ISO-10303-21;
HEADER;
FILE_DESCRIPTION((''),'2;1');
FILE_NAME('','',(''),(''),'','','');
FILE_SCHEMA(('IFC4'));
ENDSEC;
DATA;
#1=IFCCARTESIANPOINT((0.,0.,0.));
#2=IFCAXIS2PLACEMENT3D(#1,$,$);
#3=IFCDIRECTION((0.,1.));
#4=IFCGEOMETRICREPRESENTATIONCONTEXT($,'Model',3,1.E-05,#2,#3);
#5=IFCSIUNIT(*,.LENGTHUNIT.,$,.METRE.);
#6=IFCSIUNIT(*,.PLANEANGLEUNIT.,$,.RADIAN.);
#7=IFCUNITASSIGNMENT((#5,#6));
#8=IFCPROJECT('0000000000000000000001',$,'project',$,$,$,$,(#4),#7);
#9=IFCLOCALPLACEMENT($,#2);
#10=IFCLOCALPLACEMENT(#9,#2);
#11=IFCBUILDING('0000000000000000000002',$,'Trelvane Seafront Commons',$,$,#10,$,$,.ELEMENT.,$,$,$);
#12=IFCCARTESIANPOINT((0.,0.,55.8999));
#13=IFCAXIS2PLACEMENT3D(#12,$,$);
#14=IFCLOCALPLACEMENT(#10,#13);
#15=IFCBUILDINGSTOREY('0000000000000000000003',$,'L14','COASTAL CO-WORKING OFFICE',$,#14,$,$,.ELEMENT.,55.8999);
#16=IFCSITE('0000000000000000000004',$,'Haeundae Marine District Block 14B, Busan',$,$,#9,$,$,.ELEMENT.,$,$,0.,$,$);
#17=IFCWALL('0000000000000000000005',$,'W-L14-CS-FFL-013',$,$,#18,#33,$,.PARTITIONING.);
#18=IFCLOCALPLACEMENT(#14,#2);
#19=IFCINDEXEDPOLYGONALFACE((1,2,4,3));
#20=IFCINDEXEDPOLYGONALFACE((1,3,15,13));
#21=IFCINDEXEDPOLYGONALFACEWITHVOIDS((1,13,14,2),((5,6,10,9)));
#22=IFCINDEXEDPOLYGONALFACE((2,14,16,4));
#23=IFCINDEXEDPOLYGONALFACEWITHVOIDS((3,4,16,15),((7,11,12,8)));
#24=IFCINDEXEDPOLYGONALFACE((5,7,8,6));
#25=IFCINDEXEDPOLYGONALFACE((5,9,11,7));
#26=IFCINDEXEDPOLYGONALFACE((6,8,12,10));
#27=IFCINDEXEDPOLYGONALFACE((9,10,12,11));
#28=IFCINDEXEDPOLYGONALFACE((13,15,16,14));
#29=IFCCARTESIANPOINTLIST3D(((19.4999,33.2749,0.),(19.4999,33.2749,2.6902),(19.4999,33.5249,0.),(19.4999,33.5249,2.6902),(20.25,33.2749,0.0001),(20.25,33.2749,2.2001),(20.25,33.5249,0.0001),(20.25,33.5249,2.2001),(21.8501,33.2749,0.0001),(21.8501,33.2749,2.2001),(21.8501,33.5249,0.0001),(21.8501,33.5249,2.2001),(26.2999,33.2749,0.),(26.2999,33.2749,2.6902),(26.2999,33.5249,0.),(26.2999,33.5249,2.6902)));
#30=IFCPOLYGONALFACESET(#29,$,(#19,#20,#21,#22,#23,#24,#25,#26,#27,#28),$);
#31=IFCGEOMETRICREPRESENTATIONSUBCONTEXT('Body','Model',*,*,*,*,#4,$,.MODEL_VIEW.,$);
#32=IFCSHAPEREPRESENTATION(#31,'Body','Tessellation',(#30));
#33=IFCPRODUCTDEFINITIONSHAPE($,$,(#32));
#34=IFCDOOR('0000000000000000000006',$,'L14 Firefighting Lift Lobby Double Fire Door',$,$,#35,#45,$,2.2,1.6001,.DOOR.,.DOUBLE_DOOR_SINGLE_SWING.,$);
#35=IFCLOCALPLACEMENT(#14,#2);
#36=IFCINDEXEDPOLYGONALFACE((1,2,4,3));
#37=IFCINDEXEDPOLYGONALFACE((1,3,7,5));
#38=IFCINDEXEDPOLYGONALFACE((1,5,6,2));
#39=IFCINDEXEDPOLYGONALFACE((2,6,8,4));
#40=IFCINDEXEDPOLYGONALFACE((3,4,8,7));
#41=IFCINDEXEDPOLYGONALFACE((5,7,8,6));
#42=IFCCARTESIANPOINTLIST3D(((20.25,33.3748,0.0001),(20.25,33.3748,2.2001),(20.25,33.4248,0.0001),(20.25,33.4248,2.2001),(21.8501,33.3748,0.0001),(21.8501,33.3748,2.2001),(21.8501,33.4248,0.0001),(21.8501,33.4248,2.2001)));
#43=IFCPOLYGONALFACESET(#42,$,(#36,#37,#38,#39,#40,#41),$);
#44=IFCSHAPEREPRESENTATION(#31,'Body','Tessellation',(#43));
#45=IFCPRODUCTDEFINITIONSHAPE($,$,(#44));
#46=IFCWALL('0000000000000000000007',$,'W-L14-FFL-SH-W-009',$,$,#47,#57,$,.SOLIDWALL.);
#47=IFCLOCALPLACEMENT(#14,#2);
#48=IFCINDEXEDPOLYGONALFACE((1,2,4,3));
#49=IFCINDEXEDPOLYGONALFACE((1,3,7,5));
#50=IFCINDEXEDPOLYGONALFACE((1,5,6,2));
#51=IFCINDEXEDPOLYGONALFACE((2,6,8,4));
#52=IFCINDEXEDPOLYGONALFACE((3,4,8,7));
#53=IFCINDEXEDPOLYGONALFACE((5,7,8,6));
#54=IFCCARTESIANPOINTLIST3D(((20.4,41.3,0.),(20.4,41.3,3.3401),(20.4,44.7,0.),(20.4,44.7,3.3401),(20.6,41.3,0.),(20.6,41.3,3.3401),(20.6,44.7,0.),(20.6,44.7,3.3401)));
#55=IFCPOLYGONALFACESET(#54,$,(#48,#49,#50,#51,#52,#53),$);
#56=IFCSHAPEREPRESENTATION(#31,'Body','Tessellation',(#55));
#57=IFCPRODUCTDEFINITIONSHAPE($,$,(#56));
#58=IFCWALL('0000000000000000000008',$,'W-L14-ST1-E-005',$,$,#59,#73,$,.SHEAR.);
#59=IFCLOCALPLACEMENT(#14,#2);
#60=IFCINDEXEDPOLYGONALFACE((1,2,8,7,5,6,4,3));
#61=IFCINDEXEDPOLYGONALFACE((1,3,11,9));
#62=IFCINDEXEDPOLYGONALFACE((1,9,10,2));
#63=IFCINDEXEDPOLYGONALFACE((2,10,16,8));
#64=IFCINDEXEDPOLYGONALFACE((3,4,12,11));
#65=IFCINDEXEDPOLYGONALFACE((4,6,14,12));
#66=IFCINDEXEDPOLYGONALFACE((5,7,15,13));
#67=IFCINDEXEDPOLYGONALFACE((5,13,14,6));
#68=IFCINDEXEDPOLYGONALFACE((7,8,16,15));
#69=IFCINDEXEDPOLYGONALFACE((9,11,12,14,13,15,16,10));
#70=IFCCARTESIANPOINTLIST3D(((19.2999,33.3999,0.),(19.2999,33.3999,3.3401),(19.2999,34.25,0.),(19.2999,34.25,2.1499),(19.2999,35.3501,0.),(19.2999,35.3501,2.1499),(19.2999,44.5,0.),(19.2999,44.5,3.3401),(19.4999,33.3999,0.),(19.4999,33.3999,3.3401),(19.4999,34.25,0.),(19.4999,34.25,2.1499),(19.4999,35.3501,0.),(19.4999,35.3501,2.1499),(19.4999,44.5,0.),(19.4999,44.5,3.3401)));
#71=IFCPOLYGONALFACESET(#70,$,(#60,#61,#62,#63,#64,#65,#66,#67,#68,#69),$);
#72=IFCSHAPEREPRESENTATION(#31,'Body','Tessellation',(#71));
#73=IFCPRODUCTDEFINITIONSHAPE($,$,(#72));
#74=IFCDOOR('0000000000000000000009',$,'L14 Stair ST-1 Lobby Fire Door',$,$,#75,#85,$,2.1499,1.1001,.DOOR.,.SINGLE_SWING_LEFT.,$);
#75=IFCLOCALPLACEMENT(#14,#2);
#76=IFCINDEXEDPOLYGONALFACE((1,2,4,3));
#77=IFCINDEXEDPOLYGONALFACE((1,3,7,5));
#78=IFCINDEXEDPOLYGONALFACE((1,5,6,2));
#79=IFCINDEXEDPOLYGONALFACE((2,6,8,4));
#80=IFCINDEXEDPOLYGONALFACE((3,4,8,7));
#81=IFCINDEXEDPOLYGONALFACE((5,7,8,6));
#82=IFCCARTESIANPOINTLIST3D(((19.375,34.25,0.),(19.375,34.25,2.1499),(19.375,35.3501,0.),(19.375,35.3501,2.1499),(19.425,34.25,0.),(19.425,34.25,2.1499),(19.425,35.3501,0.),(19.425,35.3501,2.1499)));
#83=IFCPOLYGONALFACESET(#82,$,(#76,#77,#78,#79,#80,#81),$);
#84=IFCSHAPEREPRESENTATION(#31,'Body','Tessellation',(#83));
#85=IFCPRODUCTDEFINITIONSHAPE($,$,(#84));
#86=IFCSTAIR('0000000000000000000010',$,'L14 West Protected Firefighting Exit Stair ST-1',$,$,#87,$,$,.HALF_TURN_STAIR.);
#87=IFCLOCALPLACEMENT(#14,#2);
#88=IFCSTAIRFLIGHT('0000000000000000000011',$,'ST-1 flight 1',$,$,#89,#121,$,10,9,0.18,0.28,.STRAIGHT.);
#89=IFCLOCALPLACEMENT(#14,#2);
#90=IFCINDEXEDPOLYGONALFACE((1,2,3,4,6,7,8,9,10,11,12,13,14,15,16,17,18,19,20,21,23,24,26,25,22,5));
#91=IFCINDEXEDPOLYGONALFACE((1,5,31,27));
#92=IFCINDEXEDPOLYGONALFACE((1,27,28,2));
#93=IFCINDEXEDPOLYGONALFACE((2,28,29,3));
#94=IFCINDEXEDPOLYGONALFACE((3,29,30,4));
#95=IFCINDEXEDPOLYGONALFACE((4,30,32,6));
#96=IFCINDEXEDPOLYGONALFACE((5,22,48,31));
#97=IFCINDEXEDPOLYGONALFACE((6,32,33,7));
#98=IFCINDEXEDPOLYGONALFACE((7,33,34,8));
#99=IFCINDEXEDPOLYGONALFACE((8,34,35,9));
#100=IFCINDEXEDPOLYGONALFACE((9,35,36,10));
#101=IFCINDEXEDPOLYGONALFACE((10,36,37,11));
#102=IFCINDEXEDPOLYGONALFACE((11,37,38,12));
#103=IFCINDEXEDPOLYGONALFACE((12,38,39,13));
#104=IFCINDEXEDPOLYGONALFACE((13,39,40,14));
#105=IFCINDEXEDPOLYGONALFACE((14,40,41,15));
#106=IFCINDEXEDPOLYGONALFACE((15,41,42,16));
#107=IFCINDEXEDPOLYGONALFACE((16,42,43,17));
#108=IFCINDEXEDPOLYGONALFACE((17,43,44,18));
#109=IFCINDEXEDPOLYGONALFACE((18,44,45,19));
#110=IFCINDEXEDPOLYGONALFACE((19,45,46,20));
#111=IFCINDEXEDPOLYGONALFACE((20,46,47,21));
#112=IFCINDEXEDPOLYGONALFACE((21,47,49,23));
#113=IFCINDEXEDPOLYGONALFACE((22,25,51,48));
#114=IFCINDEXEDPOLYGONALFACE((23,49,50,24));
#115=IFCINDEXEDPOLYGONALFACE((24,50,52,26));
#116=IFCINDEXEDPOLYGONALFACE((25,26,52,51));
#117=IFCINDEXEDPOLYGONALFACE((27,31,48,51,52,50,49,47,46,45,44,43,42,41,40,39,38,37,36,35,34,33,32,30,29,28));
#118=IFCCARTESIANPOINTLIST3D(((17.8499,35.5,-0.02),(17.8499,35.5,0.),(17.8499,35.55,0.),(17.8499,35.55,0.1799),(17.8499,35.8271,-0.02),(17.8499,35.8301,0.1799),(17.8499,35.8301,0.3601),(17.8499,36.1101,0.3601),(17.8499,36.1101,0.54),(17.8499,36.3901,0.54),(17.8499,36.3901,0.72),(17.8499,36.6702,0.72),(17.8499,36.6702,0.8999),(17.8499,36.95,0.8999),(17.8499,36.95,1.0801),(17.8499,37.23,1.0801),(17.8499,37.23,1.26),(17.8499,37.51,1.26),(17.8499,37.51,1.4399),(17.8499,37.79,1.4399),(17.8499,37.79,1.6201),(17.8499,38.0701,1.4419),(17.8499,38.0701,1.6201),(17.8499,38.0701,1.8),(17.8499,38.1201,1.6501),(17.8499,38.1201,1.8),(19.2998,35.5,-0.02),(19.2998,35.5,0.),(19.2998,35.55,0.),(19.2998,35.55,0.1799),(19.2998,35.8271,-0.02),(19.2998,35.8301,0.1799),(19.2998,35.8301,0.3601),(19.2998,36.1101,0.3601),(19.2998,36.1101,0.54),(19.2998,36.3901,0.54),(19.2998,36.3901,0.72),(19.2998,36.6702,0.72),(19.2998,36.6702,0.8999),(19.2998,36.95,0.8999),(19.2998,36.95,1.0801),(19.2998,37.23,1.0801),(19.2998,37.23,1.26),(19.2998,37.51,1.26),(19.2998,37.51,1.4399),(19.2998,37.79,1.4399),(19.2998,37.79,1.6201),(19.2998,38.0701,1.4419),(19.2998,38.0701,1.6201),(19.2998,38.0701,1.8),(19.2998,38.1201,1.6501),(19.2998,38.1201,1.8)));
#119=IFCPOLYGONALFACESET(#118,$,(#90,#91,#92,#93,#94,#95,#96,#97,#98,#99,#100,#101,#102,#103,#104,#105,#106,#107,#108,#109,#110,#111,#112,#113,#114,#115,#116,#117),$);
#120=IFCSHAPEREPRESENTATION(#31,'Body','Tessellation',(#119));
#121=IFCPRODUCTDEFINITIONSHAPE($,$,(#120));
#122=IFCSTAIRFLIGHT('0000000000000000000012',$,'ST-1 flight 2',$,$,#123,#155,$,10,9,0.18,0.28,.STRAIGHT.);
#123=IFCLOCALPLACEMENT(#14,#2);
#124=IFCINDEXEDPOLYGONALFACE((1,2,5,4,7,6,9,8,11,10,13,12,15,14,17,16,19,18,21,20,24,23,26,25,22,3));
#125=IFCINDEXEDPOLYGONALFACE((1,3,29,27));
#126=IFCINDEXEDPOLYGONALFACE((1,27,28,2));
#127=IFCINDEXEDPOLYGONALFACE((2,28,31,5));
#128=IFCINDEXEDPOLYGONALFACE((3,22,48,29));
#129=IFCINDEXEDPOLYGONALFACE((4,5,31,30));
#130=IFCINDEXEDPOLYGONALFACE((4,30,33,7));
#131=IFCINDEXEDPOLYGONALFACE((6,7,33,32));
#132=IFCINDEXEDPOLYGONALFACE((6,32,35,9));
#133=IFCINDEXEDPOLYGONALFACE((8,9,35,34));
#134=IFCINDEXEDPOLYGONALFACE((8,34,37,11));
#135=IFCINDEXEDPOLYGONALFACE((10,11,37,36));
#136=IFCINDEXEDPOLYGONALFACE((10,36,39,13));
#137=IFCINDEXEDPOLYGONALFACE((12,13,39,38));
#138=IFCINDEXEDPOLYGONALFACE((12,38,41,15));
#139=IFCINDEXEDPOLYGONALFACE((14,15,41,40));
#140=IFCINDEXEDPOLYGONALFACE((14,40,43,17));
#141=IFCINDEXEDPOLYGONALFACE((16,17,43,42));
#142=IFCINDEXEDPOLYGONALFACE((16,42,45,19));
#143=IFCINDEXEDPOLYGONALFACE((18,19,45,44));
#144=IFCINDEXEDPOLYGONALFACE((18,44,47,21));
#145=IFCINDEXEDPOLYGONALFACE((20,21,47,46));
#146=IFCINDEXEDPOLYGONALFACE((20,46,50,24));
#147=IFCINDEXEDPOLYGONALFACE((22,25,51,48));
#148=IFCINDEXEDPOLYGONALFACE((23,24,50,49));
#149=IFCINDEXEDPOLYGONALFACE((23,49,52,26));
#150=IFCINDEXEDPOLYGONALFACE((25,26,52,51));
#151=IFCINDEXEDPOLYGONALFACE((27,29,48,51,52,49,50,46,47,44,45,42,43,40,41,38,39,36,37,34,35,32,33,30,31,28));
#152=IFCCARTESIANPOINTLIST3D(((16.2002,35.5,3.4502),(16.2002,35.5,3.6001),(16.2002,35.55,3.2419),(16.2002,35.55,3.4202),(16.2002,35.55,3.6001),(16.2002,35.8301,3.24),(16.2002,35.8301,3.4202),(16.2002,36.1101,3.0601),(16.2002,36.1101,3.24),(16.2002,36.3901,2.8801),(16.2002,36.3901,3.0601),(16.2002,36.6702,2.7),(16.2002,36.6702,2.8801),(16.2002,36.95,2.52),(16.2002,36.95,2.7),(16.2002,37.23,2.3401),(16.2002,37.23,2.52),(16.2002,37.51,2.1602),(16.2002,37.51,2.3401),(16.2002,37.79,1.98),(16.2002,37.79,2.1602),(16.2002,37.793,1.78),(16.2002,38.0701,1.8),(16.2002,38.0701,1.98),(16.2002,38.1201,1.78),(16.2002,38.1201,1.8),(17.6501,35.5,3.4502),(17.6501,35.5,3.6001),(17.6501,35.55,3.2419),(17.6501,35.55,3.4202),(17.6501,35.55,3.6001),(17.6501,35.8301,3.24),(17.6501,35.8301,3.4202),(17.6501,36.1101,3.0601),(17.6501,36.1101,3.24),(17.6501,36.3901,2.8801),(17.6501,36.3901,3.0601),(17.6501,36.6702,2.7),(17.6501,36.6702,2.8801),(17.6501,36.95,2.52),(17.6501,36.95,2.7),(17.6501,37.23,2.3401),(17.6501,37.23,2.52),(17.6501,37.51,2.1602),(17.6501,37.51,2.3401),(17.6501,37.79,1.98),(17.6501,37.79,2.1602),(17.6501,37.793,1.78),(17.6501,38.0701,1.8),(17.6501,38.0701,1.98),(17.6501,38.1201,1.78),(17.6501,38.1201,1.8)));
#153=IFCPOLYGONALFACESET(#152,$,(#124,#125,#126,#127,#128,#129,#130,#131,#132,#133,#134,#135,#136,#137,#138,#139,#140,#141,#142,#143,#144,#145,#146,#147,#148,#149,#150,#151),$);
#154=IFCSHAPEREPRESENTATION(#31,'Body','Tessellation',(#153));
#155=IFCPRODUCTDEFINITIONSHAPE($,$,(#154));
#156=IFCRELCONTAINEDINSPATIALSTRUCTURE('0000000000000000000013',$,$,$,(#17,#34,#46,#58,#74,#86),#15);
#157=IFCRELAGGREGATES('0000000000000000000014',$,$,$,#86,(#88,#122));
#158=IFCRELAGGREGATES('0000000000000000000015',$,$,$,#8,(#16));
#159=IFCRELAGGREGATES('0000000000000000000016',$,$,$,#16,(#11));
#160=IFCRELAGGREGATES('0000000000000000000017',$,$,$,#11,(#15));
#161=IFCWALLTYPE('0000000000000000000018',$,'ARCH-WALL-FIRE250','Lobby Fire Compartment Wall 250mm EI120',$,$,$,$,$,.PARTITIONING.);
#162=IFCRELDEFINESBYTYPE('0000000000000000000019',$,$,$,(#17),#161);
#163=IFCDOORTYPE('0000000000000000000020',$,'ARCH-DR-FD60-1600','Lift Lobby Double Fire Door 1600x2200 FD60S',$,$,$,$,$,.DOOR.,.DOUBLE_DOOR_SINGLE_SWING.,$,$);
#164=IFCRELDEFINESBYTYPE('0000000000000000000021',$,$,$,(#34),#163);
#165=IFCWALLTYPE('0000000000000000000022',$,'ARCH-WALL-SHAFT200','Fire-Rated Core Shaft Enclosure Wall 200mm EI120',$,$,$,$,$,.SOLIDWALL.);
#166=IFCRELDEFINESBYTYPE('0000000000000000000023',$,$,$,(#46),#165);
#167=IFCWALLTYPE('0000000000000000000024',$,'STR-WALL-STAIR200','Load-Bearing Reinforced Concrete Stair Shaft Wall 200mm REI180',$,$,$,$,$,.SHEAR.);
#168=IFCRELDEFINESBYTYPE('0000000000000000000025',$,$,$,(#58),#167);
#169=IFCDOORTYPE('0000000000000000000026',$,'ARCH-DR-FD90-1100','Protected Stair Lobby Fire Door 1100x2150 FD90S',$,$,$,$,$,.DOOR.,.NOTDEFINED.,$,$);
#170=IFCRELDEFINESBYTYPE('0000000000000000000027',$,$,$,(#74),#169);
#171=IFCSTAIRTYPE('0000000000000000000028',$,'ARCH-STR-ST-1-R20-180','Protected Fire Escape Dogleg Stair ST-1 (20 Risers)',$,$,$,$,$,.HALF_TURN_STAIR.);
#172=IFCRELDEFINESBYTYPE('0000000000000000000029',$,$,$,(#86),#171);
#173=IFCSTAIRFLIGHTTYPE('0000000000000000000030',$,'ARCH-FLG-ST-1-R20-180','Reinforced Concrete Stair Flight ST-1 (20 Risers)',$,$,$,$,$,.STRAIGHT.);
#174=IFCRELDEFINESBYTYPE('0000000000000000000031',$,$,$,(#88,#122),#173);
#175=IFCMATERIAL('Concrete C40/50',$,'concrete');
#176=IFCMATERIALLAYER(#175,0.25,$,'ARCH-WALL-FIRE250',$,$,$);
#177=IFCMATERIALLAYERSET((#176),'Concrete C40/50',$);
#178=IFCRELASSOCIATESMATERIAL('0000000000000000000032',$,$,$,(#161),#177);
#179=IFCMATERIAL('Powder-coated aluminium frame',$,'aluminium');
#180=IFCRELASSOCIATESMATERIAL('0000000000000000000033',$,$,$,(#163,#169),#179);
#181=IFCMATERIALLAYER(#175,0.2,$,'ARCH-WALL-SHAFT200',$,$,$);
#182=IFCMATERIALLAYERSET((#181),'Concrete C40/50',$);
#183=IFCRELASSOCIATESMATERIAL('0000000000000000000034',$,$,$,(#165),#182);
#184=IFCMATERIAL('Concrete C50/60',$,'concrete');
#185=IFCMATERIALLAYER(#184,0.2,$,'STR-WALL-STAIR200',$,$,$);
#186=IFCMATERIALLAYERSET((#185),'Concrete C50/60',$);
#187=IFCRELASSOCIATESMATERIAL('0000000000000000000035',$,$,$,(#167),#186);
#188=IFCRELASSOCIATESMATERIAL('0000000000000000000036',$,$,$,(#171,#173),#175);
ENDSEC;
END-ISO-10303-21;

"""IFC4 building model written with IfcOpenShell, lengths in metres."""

from ifc_helpers import new_model, si_unit, direction, frame, frame_2d, origin, place, context, subcontext, project, spatial, polyline, rectangle, outline, extrude, source, transform, mapped, material, layer, layer_set, type_object, element, fill, aggregate, save


model = new_model("IFC4")

# Units and contexts
model_context = context("Model", 3, precision=1e-05, world=origin(), true_north=direction((0.0, 1.0)))
body_context = subcontext(model_context, "Body", "Model", "MODEL_VIEW")
ifc_project = project(units=[si_unit("LENGTHUNIT", "METRE"), si_unit("PLANEANGLEUNIT", "RADIAN")], contexts=[model_context])

# Site, building, storey
site_placement = place(None, origin())
site = spatial("IfcSite", under=ifc_project, at=site_placement, Name="Haeundae Marine District Block 14B, Busan", CompositionType="ELEMENT", RefElevation=0.0)
building_placement = place(site_placement, origin())
building = spatial("IfcBuilding", under=site, at=building_placement, Name="Trelvane Seafront Commons", CompositionType="ELEMENT")
storey_placement = place(building_placement, frame((0.0, 0.0, 55.8999)))
storey = spatial("IfcBuildingStorey", under=building, at=storey_placement, Name="L14", Description="COASTAL CO-WORKING OFFICE", CompositionType="ELEMENT", Elevation=55.8999)

# Wall, opening, door
ifc_material_1 = material(Name="Concrete C40/50", Category="concrete")
ifc_layer_1 = layer(ifc_material_1, 0.25, Name="ARCH-WALL-FIRE250")
ifc_layer_set_1 = layer_set([ifc_layer_1], Name="Concrete C40/50")
wall_type_1 = type_object("IfcWallType", Name="ARCH-WALL-FIRE250", Description="Lobby Fire Compartment Wall 250mm EI120", PredefinedType="PARTITIONING", material=ifc_layer_set_1)
wall_1_placement = place(storey_placement, frame((19.5, 33.3999, 0.0), z_axis=(0.0, 0.0, 1.0), x_axis=(1.0, 0.0, 0.0)))
wall_1 = element("IfcWall", 1, at=wall_1_placement, inside=storey, type_object=wall_type_1, Name="W-L14-CS-FFL-013", PredefinedType="PARTITIONING", context=body_context, shape_type="SweptSolid", body=[
    extrude(rectangle(XDim=6.8, YDim=0.25, at=frame_2d((3.3999, 0.0))), origin(), (0.0, 0.0, 1.0), 2.6902),
])
opening_1_placement = place(wall_1_placement, frame((0.75, 0.0, 0.0)))
opening_1 = element("IfcOpeningElement", 2, at=opening_1_placement, cuts=wall_1, PredefinedType="OPENING", context=body_context, shape_type="SweptSolid", body=[
    extrude(rectangle(XDim=1.6001, YDim=2.2, at=frame_2d((0.8, 1.1001))), frame((0.0, 0.135, 0.0), z_axis=(0.0, -1.0, 0.0), x_axis=(1.0, 0.0, 0.0)), (0.0, 0.0, 1.0), 0.27),
])
ifc_material_2 = material(Name="Powder-coated aluminium frame", Category="aluminium")
door_type_1 = type_object("IfcDoorType", Name="ARCH-DR-FD60-1600", Description="Lift Lobby Double Fire Door 1600x2200 FD60S", OperationType="DOUBLE_DOOR_SINGLE_SWING", PredefinedType="DOOR", material=ifc_material_2)
shared_shape_1 = source(origin(), body_context, "Body", "SweptSolid", [
    extrude(rectangle(XDim=1.6001, YDim=2.2, at=frame_2d((0.8, 1.1001))), frame((0.0, 0.0249, 0.0), z_axis=(0.0, -1.0, 0.0), x_axis=(1.0, 0.0, 0.0)), (0.0, 0.0, 1.0), 0.05),
])
door_1_placement = place(opening_1_placement, origin())
door_1 = element("IfcDoor", 3, at=door_1_placement, inside=storey, type_object=door_type_1, Name="L14 Firefighting Lift Lobby Double Fire Door", OperationType="DOUBLE_DOOR_SINGLE_SWING", OverallHeight=2.2, OverallWidth=1.6001, PredefinedType="DOOR", context=body_context, shape_type="MappedRepresentation", body=[
    mapped(shared_shape_1, transform((0.0, 0.0, 0.0), x_axis=(1.0, 0.0, 0.0), y_axis=(0.0, 1.0, 0.0), z_axis=(0.0, 0.0, 1.0), scale=1.0)),
])
fill(opening_1, door_1)

# Shared definitions
ifc_layer_2 = layer(ifc_material_1, 0.2, Name="ARCH-WALL-SHAFT200")
ifc_layer_set_2 = layer_set([ifc_layer_2], Name="Concrete C40/50")
wall_type_2 = type_object("IfcWallType", Name="ARCH-WALL-SHAFT200", Description="Fire-Rated Core Shaft Enclosure Wall 200mm EI120", PredefinedType="SOLIDWALL", material=ifc_layer_set_2)
shared_shape_2 = source(origin(), body_context, "Body", "SweptSolid", [
    extrude(rectangle(XDim=1.1001, YDim=2.1499, at=frame_2d((0.55, 1.075))), frame((0.0, 0.0249, 0.0), z_axis=(0.0, -1.0, 0.0), x_axis=(1.0, 0.0, 0.0)), (0.0, 0.0, 1.0), 0.05),
])

# Wall
wall_2_placement = place(storey_placement, frame((20.5, 41.3, 0.0), z_axis=(0.0, 0.0, 1.0), x_axis=(0.0, 1.0, 0.0)))
element("IfcWall", 4, at=wall_2_placement, inside=storey, type_object=wall_type_2, Name="W-L14-FFL-SH-W-009", PredefinedType="SOLIDWALL", context=body_context, shape_type="SweptSolid", body=[
    extrude(rectangle(XDim=3.3999, YDim=0.2, at=frame_2d((1.7, 0.0))), origin(), (0.0, 0.0, 1.0), 3.3401),
])

# Wall, opening, door
ifc_material_3 = material(Name="Concrete C50/60", Category="concrete")
ifc_layer_3 = layer(ifc_material_3, 0.2, Name="STR-WALL-STAIR200")
ifc_layer_set_3 = layer_set([ifc_layer_3], Name="Concrete C50/60")
wall_type_3 = type_object("IfcWallType", Name="STR-WALL-STAIR200", Description="Load-Bearing Reinforced Concrete Stair Shaft Wall 200mm REI180", PredefinedType="SHEAR", material=ifc_layer_set_3)
wall_3_placement = place(storey_placement, frame((19.3999, 33.3999, 0.0), z_axis=(0.0, 0.0, 1.0), x_axis=(0.0, 1.0, 0.0)))
wall_3 = element("IfcWall", 5, at=wall_3_placement, inside=storey, type_object=wall_type_3, Name="W-L14-ST1-E-005", PredefinedType="SHEAR", context=body_context, shape_type="SweptSolid", body=[
    extrude(rectangle(XDim=11.1001, YDim=0.2, at=frame_2d((5.55, 0.0))), origin(), (0.0, 0.0, 1.0), 3.3401),
])
opening_2_placement = place(wall_3_placement, frame((0.8501, 0.0, 0.0)))
opening_2 = element("IfcOpeningElement", 6, at=opening_2_placement, cuts=wall_3, PredefinedType="OPENING", context=body_context, shape_type="SweptSolid", body=[
    extrude(rectangle(XDim=1.1001, YDim=2.1499, at=frame_2d((0.55, 1.075))), frame((0.0, 0.1099, 0.0), z_axis=(0.0, -1.0, 0.0), x_axis=(1.0, 0.0, 0.0)), (0.0, 0.0, 1.0), 0.22),
])
door_type_2 = type_object("IfcDoorType", Name="ARCH-DR-FD90-1100", Description="Protected Stair Lobby Fire Door 1100x2150 FD90S", OperationType="NOTDEFINED", PredefinedType="DOOR", material=ifc_material_2)
door_2_placement = place(opening_2_placement, origin())
door_2 = element("IfcDoor", 7, at=door_2_placement, inside=storey, type_object=door_type_2, Name="L14 Stair ST-1 Lobby Fire Door", OperationType="SINGLE_SWING_LEFT", OverallHeight=2.1499, OverallWidth=1.1001, PredefinedType="DOOR", context=body_context, shape_type="MappedRepresentation", body=[
    mapped(shared_shape_2, transform((0.0, 0.0, 0.0), x_axis=(1.0, 0.0, 0.0), y_axis=(0.0, 1.0, 0.0), z_axis=(0.0, 0.0, 1.0), scale=1.0)),
])
fill(opening_2, door_2)

# Stair, stair flights
stair_type = type_object("IfcStairType", Name="ARCH-STR-ST-1-R20-180", Description="Protected Fire Escape Dogleg Stair ST-1 (20 Risers)", PredefinedType="HALF_TURN_STAIR", material=ifc_material_1)
stair_placement = place(storey_placement, origin())
stair = element("IfcStair", 8, at=stair_placement, inside=storey, type_object=stair_type, Name="L14 West Protected Firefighting Exit Stair ST-1", PredefinedType="HALF_TURN_STAIR")
stair_flight_type = type_object("IfcStairFlightType", Name="ARCH-FLG-ST-1-R20-180", Description="Reinforced Concrete Stair Flight ST-1 (20 Risers)", PredefinedType="STRAIGHT", material=ifc_material_1)
shared_shape_3 = source(origin(), body_context, "Body", "SweptSolid", [
    extrude(outline(polyline([(-0.05, -0.02), (-0.05, 0.0), (0.0, 0.0), (0.0, 0.1799), (0.28, 0.1799), (0.28, 0.3601), (0.5601, 0.3601), (0.5601, 0.54), (0.8401, 0.54), (0.8401, 0.72), (1.1201, 0.72), (1.1201, 0.8999), (1.3999, 0.8999), (1.3999, 1.0801), (1.6799, 1.0801), (1.6799, 1.26), (1.96, 1.26), (1.96, 1.4399), (2.24, 1.4399), (2.24, 1.6201), (2.52, 1.6201), (2.52, 1.8), (2.5701, 1.8), (2.5701, 1.6501), (2.52, 1.4419), (0.2771, -0.02), (-0.05, -0.02)])), frame((0.0, 0.7251, 0.0), z_axis=(0.0, -1.0, 0.0), x_axis=(1.0, 0.0, 0.0)), (0.0, 0.0, 1.0), 1.45),
])
stair_flight_1_placement = place(storey_placement, frame((18.575, 35.55, 0.0), z_axis=(0.0, 0.0, 1.0), x_axis=(0.0, 1.0, 0.0)))
stair_flight_1 = element("IfcStairFlight", 9, at=stair_flight_1_placement, type_object=stair_flight_type, Name="ST-1 flight 1", NumberOfRisers=10, NumberOfTreads=9, PredefinedType="STRAIGHT", RiserHeight=0.18, TreadLength=0.28, context=body_context, shape_type="MappedRepresentation", body=[
    mapped(shared_shape_3, transform((0.0, 0.0, 0.0), x_axis=(1.0, 0.0, 0.0), y_axis=(0.0, 1.0, 0.0), z_axis=(0.0, 0.0, 1.0), scale=1.0)),
])
stair_flight_2_placement = place(storey_placement, frame((16.925, 38.0701, 1.8), z_axis=(0.0, 0.0, 1.0), x_axis=(0.0, -1.0, 0.0)))
stair_flight_2 = element("IfcStairFlight", 10, at=stair_flight_2_placement, type_object=stair_flight_type, Name="ST-1 flight 2", NumberOfRisers=10, NumberOfTreads=9, PredefinedType="STRAIGHT", RiserHeight=0.18, TreadLength=0.28, context=body_context, shape_type="MappedRepresentation", body=[
    mapped(shared_shape_3, transform((0.0, 0.0, 0.0), x_axis=(1.0, 0.0, 0.0), y_axis=(0.0, 1.0, 0.0), z_axis=(0.0, 0.0, 1.0), scale=1.0)),
])
aggregate(stair, [stair_flight_1, stair_flight_2])

save(model, "model.ifc")
